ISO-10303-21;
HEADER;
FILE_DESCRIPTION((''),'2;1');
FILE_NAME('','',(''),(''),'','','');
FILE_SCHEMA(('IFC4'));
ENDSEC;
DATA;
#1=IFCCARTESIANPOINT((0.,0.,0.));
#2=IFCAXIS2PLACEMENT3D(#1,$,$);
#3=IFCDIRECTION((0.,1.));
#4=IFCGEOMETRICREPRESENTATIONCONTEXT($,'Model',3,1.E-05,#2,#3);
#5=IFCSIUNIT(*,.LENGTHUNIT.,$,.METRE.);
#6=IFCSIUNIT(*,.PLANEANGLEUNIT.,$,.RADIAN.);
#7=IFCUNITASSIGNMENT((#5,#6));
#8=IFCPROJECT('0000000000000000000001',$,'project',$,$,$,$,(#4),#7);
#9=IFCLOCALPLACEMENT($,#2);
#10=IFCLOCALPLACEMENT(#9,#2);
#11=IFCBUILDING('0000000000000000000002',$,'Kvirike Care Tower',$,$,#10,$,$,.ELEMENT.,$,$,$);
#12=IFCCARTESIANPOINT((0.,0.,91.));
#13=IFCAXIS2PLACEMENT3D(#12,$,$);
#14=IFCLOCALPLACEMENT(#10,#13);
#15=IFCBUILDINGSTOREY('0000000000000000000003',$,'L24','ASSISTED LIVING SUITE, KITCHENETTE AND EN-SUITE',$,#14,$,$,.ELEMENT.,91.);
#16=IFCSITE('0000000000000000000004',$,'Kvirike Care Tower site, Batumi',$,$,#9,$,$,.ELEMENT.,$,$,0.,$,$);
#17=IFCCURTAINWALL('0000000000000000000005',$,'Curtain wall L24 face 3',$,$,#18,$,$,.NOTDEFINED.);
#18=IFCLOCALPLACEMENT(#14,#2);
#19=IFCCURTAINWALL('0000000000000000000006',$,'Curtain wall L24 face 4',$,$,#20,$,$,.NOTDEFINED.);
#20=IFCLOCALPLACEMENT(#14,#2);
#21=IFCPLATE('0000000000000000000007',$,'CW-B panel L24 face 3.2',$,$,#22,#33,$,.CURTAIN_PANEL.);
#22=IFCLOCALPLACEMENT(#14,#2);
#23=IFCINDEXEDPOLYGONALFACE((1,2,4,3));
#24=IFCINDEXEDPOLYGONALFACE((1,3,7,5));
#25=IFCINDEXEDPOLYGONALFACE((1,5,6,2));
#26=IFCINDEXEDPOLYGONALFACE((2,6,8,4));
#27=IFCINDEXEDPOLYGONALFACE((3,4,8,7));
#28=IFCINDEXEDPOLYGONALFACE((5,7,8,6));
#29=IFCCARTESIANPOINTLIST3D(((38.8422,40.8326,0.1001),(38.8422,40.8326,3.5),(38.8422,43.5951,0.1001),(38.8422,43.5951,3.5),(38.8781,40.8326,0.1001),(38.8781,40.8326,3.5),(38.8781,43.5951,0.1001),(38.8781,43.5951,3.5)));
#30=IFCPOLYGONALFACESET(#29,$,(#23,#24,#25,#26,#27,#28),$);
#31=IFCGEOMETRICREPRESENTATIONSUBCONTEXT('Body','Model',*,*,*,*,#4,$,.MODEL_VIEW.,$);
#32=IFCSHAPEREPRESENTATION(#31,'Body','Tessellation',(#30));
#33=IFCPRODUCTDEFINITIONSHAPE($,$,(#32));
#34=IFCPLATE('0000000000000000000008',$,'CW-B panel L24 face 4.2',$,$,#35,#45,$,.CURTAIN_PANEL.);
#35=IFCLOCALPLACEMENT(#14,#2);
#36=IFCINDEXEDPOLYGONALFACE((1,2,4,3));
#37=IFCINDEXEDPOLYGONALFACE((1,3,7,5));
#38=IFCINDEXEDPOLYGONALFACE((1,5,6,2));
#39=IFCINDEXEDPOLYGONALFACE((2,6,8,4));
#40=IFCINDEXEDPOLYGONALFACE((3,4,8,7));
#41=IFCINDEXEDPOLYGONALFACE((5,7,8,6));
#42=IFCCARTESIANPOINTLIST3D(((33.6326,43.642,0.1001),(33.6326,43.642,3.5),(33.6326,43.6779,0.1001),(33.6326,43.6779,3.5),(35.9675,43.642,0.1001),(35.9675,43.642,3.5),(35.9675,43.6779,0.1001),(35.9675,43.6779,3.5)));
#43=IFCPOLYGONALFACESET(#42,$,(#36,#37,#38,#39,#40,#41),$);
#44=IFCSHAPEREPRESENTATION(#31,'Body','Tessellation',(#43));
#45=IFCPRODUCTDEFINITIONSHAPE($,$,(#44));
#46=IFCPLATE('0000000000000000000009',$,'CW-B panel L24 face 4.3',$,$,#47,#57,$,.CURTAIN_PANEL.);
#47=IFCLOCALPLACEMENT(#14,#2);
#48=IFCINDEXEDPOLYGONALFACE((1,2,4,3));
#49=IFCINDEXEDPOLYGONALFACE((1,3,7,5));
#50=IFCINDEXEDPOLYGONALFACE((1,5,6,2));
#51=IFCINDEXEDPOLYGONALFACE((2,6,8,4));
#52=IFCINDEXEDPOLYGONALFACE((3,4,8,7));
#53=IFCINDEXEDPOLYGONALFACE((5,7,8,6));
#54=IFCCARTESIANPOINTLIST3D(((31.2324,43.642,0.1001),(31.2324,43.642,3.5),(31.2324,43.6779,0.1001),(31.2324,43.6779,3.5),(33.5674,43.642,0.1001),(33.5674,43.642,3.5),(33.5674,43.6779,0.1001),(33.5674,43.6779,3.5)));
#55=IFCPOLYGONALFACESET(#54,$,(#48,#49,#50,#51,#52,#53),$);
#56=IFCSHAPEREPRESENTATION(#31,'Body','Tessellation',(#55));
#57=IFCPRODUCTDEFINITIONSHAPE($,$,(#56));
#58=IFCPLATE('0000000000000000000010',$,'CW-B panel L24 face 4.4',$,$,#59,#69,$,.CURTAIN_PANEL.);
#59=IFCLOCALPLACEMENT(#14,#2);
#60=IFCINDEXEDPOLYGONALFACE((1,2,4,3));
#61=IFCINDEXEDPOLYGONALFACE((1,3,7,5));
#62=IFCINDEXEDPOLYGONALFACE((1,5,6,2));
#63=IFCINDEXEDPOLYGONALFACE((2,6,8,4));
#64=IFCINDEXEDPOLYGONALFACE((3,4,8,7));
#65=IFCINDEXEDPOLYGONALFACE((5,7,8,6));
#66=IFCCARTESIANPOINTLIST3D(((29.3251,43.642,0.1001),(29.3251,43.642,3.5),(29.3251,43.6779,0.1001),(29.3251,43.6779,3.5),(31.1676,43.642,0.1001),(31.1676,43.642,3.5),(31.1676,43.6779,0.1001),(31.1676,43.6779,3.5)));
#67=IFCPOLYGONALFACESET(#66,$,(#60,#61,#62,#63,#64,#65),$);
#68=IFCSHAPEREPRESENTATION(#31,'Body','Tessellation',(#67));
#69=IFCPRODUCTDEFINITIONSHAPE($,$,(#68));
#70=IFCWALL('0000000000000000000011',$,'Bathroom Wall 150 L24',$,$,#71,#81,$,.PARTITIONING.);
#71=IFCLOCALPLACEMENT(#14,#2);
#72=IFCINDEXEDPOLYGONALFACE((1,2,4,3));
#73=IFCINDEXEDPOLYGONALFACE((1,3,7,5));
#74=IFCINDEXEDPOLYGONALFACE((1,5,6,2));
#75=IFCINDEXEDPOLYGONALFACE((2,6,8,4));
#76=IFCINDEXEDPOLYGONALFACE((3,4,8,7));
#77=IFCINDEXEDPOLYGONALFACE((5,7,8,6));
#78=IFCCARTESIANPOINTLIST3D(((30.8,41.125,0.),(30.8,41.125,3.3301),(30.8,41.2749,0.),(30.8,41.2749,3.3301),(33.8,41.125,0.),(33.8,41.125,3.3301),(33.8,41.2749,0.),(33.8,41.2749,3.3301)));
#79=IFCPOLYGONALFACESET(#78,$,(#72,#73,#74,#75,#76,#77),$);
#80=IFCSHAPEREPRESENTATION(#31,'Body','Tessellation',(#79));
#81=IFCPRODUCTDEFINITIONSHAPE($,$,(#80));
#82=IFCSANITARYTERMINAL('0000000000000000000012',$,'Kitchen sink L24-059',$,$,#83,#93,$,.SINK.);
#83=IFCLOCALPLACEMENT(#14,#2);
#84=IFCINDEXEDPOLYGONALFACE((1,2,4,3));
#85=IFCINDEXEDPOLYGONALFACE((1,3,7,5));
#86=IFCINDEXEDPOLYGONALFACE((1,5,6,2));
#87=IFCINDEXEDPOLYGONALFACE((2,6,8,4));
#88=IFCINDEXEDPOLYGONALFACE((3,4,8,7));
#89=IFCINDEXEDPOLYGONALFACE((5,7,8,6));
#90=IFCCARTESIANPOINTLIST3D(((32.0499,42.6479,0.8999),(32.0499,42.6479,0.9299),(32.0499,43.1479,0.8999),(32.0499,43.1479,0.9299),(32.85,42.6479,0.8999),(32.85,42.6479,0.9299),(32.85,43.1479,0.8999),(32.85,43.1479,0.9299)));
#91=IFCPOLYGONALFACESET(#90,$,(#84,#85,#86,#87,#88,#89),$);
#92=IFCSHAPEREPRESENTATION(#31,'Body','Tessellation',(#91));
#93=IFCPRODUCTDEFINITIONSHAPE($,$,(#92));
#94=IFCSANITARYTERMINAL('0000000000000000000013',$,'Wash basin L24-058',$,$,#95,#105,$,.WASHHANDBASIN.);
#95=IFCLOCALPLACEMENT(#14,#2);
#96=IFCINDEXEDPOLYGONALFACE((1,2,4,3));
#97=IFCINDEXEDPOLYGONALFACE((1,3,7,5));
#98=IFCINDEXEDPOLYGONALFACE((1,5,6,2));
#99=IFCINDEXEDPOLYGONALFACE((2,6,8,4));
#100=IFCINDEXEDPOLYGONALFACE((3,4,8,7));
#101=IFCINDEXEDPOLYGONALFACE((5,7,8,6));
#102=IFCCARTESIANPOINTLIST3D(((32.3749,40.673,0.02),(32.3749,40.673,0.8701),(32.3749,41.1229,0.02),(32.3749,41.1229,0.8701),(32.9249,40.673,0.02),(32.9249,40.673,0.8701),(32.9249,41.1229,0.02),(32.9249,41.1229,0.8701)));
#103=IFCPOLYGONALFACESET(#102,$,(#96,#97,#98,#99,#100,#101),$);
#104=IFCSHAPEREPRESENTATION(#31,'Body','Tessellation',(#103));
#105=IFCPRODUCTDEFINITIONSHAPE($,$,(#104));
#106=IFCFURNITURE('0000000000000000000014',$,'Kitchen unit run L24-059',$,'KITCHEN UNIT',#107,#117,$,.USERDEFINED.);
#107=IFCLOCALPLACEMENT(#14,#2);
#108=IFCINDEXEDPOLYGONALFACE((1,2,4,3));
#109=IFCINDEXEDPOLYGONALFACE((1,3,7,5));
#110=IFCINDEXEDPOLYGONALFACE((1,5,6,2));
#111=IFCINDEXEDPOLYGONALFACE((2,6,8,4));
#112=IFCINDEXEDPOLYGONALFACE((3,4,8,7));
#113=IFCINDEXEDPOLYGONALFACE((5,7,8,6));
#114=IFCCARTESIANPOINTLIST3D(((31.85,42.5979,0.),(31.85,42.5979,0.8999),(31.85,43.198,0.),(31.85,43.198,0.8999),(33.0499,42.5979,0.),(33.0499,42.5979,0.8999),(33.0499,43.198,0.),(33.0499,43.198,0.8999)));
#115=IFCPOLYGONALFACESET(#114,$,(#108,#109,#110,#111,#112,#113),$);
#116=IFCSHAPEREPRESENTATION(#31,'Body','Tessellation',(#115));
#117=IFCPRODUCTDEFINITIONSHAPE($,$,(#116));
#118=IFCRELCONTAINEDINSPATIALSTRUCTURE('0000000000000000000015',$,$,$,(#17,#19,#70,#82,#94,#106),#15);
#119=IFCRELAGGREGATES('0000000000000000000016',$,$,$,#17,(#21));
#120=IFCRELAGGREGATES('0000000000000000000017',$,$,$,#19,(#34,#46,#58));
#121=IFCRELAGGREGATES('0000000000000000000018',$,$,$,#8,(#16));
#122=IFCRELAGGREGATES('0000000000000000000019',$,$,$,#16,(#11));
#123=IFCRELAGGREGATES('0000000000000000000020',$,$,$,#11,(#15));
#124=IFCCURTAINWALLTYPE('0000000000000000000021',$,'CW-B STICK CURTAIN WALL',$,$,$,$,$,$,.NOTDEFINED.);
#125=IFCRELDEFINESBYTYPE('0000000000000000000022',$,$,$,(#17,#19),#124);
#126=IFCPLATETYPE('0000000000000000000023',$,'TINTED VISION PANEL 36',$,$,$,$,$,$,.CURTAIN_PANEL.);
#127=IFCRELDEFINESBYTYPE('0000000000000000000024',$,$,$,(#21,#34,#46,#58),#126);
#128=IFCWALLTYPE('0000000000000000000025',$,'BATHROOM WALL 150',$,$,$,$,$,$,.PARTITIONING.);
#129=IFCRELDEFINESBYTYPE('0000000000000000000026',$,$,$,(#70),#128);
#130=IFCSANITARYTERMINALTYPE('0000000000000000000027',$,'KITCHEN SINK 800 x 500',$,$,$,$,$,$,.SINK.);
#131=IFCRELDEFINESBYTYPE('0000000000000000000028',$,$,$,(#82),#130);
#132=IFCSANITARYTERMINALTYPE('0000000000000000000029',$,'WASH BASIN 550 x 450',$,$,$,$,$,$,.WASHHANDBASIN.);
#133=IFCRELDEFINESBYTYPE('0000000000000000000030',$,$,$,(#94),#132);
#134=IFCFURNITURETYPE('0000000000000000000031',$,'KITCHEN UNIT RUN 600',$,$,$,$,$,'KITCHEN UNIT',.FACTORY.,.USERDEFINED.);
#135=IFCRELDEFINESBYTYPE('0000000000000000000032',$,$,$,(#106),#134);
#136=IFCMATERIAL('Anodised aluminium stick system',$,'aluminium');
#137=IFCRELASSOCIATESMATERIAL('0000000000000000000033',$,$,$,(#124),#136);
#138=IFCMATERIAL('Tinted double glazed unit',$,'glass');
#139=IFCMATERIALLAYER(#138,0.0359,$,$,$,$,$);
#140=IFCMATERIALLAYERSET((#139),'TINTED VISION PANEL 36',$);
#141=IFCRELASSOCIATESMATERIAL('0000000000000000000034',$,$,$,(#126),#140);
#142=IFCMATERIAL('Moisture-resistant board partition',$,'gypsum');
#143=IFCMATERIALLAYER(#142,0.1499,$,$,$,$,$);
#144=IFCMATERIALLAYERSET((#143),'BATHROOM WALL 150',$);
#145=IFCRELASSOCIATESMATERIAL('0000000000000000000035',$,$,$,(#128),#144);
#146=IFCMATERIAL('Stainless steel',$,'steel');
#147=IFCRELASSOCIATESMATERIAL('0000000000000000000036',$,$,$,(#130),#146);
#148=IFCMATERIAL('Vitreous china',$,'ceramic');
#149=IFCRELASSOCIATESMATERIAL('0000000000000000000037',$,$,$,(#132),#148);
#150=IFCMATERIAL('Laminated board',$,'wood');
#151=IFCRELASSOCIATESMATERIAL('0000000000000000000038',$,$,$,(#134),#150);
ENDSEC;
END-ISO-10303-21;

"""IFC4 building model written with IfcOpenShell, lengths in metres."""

from ifc_helpers import new_model, si_unit, direction, frame, frame_2d, origin, origin_2d, place, context, subcontext, project, spatial, rectangle, extrude, material, layer, layer_set, type_object, element, aggregate, save


model = new_model("IFC4")

# Units and contexts
model_context = context("Model", 3, precision=1e-05, world=origin(), true_north=direction((0.0, 1.0)))
body_context = subcontext(model_context, "Body", "Model", "MODEL_VIEW")
ifc_project = project(units=[si_unit("LENGTHUNIT", "METRE"), si_unit("PLANEANGLEUNIT", "RADIAN")], contexts=[model_context])

# Site, building, storey
site_placement = place(None, origin())
site = spatial("IfcSite", under=ifc_project, at=site_placement, Name="Kvirike Care Tower site, Batumi", CompositionType="ELEMENT", RefElevation=0.0)
building_placement = place(site_placement, origin())
building = spatial("IfcBuilding", under=site, at=building_placement, Name="Kvirike Care Tower", CompositionType="ELEMENT")
storey_placement = place(building_placement, frame((0.0, 0.0, 91.0)))
storey = spatial("IfcBuildingStorey", under=building, at=storey_placement, Name="L24", Description="ASSISTED LIVING SUITE, KITCHENETTE AND EN-SUITE", CompositionType="ELEMENT", Elevation=91.0)

# Curtain walls
ifc_material_1 = material(Name="Anodised aluminium stick system", Category="aluminium")
curtain_wall_type = type_object("IfcCurtainWallType", Name="CW-B STICK CURTAIN WALL", PredefinedType="NOTDEFINED", material=ifc_material_1)
curtain_wall_1_placement = place(storey_placement, origin())
curtain_wall_1 = element("IfcCurtainWall", 1, at=curtain_wall_1_placement, inside=storey, type_object=curtain_wall_type, Name="Curtain wall L24 face 3", PredefinedType="NOTDEFINED")
curtain_wall_2_placement = place(storey_placement, origin())
curtain_wall_2 = element("IfcCurtainWall", 2, at=curtain_wall_2_placement, inside=storey, type_object=curtain_wall_type, Name="Curtain wall L24 face 4", PredefinedType="NOTDEFINED")

# Plates
ifc_material_2 = material(Name="Tinted double glazed unit", Category="glass")
ifc_layer_1 = layer(ifc_material_2, 0.0359)
ifc_layer_set_1 = layer_set([ifc_layer_1], Name="TINTED VISION PANEL 36")
plate_type = type_object("IfcPlateType", Name="TINTED VISION PANEL 36", PredefinedType="CURTAIN_PANEL", material=ifc_layer_set_1)
plate_1_placement = place(storey_placement, frame((38.8601, 42.2139, 0.1001), z_axis=(0.0, 0.0, 1.0), x_axis=(0.0, 1.0, 0.0)))
plate_1 = element("IfcPlate", 3, at=plate_1_placement, type_object=plate_type, Name="CW-B panel L24 face 3.2", PredefinedType="CURTAIN_PANEL", context=body_context, shape_type="SweptSolid", body=[
    extrude(rectangle(XDim=2.7625, YDim=0.0359, at=origin_2d()), origin(), (0.0, 0.0, 1.0), 3.3999),
])
aggregate(curtain_wall_1, [plate_1])
plate_2_placement = place(storey_placement, frame((34.8, 43.6599, 0.1001), z_axis=(0.0, 0.0, 1.0), x_axis=(-1.0, 0.0, 0.0)))
plate_2 = element("IfcPlate", 4, at=plate_2_placement, type_object=plate_type, Name="CW-B panel L24 face 4.2", PredefinedType="CURTAIN_PANEL", context=body_context, shape_type="SweptSolid", body=[
    extrude(rectangle(XDim=2.335, YDim=0.0359, at=origin_2d()), origin(), (0.0, 0.0, 1.0), 3.3999),
])
plate_3_placement = place(storey_placement, frame((32.3999, 43.6599, 0.1001), z_axis=(0.0, 0.0, 1.0), x_axis=(-1.0, 0.0, 0.0)))
plate_3 = element("IfcPlate", 5, at=plate_3_placement, type_object=plate_type, Name="CW-B panel L24 face 4.3", PredefinedType="CURTAIN_PANEL", context=body_context, shape_type="SweptSolid", body=[
    extrude(rectangle(XDim=2.335, YDim=0.0359, at=origin_2d()), origin(), (0.0, 0.0, 1.0), 3.3999),
])
plate_4_placement = place(storey_placement, frame((30.2463, 43.6599, 0.1001), z_axis=(0.0, 0.0, 1.0), x_axis=(-1.0, 0.0, 0.0)))
plate_4 = element("IfcPlate", 6, at=plate_4_placement, type_object=plate_type, Name="CW-B panel L24 face 4.4", PredefinedType="CURTAIN_PANEL", context=body_context, shape_type="SweptSolid", body=[
    extrude(rectangle(XDim=1.8425, YDim=0.0359, at=origin_2d()), origin(), (0.0, 0.0, 1.0), 3.3999),
])
aggregate(curtain_wall_2, [plate_2, plate_3, plate_4])

# Wall
ifc_material_3 = material(Name="Moisture-resistant board partition", Category="gypsum")
ifc_layer_2 = layer(ifc_material_3, 0.1499)
ifc_layer_set_2 = layer_set([ifc_layer_2], Name="BATHROOM WALL 150")
wall_type = type_object("IfcWallType", Name="BATHROOM WALL 150", PredefinedType="PARTITIONING", material=ifc_layer_set_2)
wall_placement = place(storey_placement, frame((33.8, 41.2, 0.0), z_axis=(0.0, 0.0, 1.0), x_axis=(-1.0, 0.0, 0.0)))
element("IfcWall", 7, at=wall_placement, inside=storey, type_object=wall_type, Name="Bathroom Wall 150 L24", PredefinedType="PARTITIONING", context=body_context, shape_type="SweptSolid", body=[
    extrude(rectangle(XDim=3.0, YDim=0.1499, at=frame_2d((1.5, 0.0))), origin(), (0.0, 0.0, 1.0), 3.3301),
])

# Sanitary terminals
ifc_material_4 = material(Name="Stainless steel", Category="steel")
sanitary_terminal_type_1 = type_object("IfcSanitaryTerminalType", Name="KITCHEN SINK 800 x 500", PredefinedType="SINK", material=ifc_material_4)
sanitary_terminal_1_placement = place(storey_placement, frame((32.45, 42.8979, 0.8999), z_axis=(0.0, 0.0, 1.0), x_axis=(1.0, 0.0, 0.0)))
element("IfcSanitaryTerminal", 8, at=sanitary_terminal_1_placement, inside=storey, type_object=sanitary_terminal_type_1, Name="Kitchen sink L24-059", PredefinedType="SINK", context=body_context, shape_type="SweptSolid", body=[
    extrude(rectangle(XDim=0.8, YDim=0.5, at=origin_2d()), origin(), (0.0, 0.0, 1.0), 0.03),
])
ifc_material_5 = material(Name="Vitreous china", Category="ceramic")
sanitary_terminal_type_2 = type_object("IfcSanitaryTerminalType", Name="WASH BASIN 550 x 450", PredefinedType="WASHHANDBASIN", material=ifc_material_5)
sanitary_terminal_2_placement = place(storey_placement, frame((32.6499, 40.8979, 0.02), z_axis=(0.0, 0.0, 1.0), x_axis=(1.0, 0.0, 0.0)))
element("IfcSanitaryTerminal", 9, at=sanitary_terminal_2_placement, inside=storey, type_object=sanitary_terminal_type_2, Name="Wash basin L24-058", PredefinedType="WASHHANDBASIN", context=body_context, shape_type="SweptSolid", body=[
    extrude(rectangle(XDim=0.55, YDim=0.45, at=origin_2d()), origin(), (0.0, 0.0, 1.0), 0.8501),
])

# Furniture
ifc_material_6 = material(Name="Laminated board", Category="wood")
furniture_type = type_object("IfcFurnitureType", Name="KITCHEN UNIT RUN 600", ElementType="KITCHEN UNIT", AssemblyPlace="FACTORY", PredefinedType="USERDEFINED", material=ifc_material_6)
furniture_placement = place(storey_placement, frame((32.45, 42.8979, 0.0), z_axis=(0.0, 0.0, 1.0), x_axis=(1.0, 0.0, 0.0)))
element("IfcFurniture", 10, at=furniture_placement, inside=storey, type_object=furniture_type, Name="Kitchen unit run L24-059", ObjectType="KITCHEN UNIT", PredefinedType="USERDEFINED", context=body_context, shape_type="SweptSolid", body=[
    extrude(rectangle(XDim=1.2, YDim=0.6001, at=origin_2d()), origin(), (0.0, 0.0, 1.0), 0.8999),
])

save(model, "model.ifc")
